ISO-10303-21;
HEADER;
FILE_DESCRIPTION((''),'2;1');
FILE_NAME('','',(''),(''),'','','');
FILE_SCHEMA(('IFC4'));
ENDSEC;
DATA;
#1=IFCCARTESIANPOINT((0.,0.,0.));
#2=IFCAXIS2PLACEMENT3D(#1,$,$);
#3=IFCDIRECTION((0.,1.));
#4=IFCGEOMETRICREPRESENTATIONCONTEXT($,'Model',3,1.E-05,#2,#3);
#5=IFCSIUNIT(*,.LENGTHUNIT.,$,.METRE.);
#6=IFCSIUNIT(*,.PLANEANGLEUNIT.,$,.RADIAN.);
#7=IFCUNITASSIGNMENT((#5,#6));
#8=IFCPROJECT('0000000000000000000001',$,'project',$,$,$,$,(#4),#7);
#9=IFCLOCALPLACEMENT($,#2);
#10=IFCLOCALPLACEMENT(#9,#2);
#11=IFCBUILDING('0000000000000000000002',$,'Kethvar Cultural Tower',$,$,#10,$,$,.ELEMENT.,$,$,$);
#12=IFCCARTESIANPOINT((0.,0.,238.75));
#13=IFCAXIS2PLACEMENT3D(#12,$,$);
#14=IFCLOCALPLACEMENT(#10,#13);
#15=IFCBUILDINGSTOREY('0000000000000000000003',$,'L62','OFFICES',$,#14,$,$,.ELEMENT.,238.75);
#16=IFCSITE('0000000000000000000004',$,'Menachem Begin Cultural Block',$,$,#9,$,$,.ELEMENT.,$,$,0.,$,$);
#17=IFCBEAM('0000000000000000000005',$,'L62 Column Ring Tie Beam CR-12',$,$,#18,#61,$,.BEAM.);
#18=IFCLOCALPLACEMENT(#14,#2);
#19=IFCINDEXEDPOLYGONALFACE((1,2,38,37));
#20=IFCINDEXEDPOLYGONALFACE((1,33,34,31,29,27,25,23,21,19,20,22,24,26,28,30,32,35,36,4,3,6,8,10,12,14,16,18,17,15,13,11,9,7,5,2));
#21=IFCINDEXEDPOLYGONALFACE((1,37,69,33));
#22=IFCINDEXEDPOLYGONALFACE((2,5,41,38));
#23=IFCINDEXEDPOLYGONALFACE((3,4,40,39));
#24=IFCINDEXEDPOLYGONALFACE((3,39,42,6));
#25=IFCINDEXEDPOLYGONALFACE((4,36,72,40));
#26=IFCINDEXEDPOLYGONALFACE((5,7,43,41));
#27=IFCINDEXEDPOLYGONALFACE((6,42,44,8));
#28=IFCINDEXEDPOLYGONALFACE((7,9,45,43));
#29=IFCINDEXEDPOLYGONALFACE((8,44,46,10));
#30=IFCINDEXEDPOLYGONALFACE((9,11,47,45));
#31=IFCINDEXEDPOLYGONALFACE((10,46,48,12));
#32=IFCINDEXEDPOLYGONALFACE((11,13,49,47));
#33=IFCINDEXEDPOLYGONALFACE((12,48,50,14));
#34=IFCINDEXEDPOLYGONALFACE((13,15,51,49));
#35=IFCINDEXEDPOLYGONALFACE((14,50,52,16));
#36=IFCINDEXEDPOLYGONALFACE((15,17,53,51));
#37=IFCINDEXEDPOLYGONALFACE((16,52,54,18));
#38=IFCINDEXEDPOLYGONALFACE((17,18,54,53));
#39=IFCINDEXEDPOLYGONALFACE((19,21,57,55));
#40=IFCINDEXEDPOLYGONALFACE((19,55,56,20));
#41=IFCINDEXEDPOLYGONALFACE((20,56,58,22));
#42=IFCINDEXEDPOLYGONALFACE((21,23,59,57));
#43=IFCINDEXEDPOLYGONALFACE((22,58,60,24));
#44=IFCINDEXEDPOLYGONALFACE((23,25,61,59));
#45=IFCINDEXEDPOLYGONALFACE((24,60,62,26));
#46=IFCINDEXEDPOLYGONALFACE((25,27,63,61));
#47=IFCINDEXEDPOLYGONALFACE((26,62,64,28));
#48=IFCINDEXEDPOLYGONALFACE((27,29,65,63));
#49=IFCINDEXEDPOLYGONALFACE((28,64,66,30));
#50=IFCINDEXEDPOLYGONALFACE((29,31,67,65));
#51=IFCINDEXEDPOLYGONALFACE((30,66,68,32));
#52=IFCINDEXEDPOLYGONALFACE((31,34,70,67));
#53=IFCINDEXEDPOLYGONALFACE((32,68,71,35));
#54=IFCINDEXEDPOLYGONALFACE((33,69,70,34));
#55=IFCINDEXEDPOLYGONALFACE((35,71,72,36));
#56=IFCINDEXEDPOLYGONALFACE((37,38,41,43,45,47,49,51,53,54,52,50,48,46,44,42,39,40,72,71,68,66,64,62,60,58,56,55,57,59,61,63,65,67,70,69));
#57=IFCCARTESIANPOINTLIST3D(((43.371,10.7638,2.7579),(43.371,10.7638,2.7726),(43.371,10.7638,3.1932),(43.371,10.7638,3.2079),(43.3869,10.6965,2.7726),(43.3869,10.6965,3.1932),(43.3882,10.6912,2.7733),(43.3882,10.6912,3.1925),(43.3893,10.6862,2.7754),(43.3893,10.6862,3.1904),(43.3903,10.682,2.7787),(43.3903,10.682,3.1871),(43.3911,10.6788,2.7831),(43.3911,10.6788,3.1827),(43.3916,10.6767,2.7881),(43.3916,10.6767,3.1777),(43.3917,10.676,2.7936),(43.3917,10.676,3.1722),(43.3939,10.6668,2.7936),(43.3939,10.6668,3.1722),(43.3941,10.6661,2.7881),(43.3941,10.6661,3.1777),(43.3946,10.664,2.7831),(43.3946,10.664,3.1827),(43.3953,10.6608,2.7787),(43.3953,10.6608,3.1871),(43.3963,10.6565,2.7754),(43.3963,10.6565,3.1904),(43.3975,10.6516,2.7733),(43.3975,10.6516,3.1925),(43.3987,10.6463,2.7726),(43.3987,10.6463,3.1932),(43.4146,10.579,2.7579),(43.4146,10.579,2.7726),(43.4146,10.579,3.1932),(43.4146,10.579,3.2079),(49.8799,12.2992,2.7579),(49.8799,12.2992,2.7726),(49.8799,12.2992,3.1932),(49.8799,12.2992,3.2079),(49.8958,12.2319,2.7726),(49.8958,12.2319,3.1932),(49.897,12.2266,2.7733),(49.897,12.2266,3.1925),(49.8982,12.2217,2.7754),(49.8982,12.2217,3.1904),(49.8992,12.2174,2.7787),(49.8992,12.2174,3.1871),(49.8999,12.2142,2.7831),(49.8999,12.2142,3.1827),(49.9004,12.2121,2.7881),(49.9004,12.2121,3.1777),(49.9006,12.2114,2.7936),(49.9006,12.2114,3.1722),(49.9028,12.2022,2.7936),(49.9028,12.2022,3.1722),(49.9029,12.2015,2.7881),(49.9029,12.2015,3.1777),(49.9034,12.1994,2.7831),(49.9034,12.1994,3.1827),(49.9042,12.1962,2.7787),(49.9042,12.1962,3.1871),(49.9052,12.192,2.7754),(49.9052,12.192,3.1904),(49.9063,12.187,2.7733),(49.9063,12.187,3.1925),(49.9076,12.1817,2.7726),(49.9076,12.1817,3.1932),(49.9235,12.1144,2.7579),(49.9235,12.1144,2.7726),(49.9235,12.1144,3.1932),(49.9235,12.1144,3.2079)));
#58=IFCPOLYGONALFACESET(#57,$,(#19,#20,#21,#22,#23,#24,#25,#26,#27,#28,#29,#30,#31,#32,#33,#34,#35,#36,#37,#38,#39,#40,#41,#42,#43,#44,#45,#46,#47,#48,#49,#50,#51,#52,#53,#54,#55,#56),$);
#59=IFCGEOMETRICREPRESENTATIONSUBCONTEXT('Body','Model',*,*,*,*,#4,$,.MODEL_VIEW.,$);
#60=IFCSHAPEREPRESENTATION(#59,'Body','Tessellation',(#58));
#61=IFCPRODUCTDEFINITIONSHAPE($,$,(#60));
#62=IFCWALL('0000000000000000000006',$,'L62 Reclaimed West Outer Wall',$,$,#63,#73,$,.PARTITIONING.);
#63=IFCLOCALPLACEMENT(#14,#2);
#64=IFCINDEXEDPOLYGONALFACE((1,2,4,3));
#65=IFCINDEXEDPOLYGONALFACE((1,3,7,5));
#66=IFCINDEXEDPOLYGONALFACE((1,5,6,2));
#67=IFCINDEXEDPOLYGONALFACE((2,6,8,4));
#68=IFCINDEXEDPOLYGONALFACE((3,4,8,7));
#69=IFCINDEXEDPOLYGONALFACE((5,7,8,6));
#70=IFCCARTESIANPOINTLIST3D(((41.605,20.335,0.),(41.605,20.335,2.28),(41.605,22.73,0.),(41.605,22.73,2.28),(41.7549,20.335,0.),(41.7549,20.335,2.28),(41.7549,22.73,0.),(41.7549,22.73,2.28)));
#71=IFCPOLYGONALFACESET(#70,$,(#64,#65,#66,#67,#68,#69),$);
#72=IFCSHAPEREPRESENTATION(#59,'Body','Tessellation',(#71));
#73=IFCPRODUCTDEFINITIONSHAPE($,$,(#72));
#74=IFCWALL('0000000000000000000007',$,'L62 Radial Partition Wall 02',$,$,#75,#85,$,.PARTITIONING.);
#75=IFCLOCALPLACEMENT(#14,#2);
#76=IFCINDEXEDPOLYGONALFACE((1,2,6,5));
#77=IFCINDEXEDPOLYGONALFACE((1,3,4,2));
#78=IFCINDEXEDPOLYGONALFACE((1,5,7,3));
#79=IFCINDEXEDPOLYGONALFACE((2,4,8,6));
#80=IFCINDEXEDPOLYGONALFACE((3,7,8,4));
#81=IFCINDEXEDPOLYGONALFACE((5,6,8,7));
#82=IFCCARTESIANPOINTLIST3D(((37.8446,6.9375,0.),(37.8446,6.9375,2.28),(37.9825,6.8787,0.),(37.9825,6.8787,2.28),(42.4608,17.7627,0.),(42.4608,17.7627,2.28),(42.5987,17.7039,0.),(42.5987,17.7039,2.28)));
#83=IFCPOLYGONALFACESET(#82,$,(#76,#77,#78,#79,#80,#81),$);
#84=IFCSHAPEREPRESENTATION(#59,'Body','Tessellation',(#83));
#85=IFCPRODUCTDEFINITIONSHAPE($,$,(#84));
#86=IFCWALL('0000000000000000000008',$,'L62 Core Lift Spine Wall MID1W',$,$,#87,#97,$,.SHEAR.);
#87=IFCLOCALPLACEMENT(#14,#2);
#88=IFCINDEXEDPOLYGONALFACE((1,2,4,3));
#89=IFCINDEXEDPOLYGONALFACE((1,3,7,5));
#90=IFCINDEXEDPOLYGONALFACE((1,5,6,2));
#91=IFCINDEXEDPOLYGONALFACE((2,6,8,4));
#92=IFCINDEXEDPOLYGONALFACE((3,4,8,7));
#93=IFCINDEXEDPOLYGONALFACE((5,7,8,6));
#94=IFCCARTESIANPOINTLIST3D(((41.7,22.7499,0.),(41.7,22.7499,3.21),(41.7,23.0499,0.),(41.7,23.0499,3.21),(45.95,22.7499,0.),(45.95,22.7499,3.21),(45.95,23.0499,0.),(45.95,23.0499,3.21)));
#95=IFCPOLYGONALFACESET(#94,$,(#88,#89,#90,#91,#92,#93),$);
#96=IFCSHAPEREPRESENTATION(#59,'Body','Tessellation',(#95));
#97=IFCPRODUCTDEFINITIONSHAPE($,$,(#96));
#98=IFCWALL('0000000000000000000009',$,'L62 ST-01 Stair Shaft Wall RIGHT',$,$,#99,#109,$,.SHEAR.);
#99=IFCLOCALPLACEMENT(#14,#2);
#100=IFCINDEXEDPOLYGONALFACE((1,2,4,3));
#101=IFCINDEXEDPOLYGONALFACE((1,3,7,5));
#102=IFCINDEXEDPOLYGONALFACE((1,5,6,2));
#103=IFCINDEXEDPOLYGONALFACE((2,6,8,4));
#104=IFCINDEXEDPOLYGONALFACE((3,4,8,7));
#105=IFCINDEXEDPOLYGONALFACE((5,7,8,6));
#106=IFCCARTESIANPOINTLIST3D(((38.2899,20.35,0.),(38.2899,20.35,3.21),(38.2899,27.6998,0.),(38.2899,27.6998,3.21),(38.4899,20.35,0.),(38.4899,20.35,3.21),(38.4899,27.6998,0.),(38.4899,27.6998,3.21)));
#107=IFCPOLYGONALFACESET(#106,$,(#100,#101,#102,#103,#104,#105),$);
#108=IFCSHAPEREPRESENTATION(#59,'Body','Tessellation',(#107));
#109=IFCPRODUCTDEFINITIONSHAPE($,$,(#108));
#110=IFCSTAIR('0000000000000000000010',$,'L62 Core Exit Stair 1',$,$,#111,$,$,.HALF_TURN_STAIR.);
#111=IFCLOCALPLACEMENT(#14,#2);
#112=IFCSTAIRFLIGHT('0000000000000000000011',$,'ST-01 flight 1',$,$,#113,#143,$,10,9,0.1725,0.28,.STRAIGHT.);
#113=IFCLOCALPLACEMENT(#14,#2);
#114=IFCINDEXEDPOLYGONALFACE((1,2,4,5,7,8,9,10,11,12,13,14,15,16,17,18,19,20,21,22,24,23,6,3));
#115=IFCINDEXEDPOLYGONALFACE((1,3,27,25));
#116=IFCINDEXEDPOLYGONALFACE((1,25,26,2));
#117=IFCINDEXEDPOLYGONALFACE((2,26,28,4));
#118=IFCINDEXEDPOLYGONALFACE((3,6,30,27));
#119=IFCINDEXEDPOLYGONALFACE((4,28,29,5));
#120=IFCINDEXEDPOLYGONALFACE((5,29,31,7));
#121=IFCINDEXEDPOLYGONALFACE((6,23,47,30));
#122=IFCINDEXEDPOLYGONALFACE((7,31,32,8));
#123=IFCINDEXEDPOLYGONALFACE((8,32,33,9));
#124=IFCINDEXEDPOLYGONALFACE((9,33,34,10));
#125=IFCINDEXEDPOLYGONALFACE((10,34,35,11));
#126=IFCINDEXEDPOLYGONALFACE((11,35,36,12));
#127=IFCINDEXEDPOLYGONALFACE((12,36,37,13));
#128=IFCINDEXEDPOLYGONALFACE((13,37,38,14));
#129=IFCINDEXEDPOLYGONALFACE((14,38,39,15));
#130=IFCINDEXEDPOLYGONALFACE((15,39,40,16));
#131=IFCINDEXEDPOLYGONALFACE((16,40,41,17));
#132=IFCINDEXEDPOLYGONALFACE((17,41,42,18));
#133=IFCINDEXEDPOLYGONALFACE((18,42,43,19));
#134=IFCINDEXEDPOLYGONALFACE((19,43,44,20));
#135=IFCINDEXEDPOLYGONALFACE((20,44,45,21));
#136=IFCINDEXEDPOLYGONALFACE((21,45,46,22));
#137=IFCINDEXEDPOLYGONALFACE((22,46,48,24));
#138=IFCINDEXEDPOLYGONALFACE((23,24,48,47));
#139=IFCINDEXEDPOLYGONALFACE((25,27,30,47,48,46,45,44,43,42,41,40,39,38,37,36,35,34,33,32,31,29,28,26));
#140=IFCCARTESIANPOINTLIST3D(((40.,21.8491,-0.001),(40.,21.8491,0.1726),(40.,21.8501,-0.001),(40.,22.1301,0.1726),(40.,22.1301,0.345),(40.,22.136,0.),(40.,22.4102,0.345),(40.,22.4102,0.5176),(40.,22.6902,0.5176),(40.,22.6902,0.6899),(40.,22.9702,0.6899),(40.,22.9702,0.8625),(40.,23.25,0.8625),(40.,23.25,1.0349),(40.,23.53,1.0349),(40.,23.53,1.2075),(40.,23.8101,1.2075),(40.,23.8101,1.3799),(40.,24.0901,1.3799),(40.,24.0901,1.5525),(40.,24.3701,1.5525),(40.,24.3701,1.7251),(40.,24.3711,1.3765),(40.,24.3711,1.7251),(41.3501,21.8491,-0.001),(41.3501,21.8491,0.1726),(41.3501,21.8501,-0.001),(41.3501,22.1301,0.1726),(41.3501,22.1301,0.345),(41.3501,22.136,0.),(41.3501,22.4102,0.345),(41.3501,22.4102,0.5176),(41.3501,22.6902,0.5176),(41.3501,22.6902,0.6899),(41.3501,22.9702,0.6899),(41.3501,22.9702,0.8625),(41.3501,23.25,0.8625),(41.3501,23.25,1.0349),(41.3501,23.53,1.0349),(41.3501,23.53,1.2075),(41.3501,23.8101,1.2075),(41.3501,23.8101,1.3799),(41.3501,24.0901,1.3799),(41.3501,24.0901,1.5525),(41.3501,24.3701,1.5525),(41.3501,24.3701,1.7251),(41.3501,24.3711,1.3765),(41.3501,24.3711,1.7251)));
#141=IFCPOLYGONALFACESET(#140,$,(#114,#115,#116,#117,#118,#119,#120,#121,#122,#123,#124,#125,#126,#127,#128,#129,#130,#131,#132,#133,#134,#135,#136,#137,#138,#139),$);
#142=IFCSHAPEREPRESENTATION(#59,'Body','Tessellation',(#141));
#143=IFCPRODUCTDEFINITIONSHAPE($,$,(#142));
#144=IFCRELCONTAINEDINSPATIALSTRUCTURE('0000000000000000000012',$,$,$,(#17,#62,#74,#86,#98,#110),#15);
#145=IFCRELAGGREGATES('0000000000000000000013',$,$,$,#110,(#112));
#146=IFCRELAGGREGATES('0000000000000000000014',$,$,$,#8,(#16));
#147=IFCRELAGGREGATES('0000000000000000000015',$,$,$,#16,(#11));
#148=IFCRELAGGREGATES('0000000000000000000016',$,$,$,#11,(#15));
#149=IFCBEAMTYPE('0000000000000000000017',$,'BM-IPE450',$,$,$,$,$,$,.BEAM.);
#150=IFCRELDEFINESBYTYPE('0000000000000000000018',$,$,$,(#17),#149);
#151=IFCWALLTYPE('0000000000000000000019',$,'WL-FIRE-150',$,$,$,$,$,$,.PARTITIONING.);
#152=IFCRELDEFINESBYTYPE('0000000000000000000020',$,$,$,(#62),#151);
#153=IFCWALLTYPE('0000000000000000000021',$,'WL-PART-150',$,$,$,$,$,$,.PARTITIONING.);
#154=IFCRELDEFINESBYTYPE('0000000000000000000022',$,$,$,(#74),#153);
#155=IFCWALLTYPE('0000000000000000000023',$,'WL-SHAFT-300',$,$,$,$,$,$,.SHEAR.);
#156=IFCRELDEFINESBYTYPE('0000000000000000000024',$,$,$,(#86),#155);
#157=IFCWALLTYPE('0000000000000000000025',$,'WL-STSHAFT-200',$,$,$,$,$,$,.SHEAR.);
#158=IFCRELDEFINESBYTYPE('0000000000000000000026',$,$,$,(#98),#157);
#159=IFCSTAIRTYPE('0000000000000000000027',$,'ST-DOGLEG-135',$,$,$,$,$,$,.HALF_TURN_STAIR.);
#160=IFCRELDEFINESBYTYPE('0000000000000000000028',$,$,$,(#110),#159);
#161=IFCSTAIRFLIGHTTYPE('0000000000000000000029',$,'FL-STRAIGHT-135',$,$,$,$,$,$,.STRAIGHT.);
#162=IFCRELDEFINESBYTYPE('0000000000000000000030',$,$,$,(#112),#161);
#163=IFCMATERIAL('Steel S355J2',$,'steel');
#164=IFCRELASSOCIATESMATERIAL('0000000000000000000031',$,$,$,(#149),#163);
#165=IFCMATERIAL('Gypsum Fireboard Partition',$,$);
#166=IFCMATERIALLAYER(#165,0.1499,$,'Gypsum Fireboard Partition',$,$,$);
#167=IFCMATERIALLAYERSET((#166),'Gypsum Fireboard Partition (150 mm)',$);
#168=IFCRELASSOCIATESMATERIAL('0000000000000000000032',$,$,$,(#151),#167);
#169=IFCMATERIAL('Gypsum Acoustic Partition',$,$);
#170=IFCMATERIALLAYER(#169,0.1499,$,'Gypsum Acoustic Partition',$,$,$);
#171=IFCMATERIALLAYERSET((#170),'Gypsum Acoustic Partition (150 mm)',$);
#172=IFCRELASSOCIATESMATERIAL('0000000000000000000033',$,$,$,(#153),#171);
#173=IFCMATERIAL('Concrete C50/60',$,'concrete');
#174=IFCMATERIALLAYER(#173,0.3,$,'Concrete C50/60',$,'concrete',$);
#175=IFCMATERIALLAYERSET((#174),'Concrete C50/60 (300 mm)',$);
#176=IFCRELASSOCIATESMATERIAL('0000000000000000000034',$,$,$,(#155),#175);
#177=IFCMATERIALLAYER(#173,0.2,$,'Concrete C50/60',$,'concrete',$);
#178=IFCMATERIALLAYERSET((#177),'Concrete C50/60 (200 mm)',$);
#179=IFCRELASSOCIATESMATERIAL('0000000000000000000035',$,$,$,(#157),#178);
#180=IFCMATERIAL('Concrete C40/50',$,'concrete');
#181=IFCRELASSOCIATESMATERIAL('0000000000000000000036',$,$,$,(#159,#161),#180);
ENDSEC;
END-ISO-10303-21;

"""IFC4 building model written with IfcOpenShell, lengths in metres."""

from ifc_helpers import new_model, si_unit, direction, frame, frame_2d, origin, origin_2d, place, context, subcontext, project, spatial, polyline, rectangle, i_section, outline, extrude, source, transform, mapped, material, layer, layer_set, material_profile, profile_set, type_object, element, aggregate, save


model = new_model("IFC4")

# Units and contexts
model_context = context("Model", 3, precision=1e-05, world=origin(), true_north=direction((0.0, 1.0)))
body_context = subcontext(model_context, "Body", "Model", "MODEL_VIEW")
ifc_project = project(units=[si_unit("LENGTHUNIT", "METRE"), si_unit("PLANEANGLEUNIT", "RADIAN")], contexts=[model_context])

# Site, building, storey
site_placement = place(None, origin())
site = spatial("IfcSite", under=ifc_project, at=site_placement, Name="Menachem Begin Cultural Block", CompositionType="ELEMENT", RefElevation=0.0)
building_placement = place(site_placement, origin())
building = spatial("IfcBuilding", under=site, at=building_placement, Name="Kethvar Cultural Tower", CompositionType="ELEMENT")
storey_placement = place(building_placement, frame((0.0, 0.0, 238.75)))
storey = spatial("IfcBuildingStorey", under=building, at=storey_placement, Name="L62", Description="OFFICES", CompositionType="ELEMENT", Elevation=238.75)

# Beam
ifc_material_1 = material(Name="Steel S355J2", Category="steel")
ifc_material_profile_1 = material_profile(ifc_material_1, i_section(OverallWidth=0.1899, OverallDepth=0.45, WebThickness=0.0095, FlangeThickness=0.0146, FilletRadius=0.021, at=origin_2d()), Name="Steel S355J2 — IPE450")
ifc_profile_set_1 = profile_set([ifc_material_profile_1], Name="Steel S355J2 — IPE450")
beam_type_1 = type_object("IfcBeamType", Name="BM-IPE450", PredefinedType="BEAM", material=ifc_profile_set_1)
shared_shape_1 = source(origin(), body_context, "Body", "SweptSolid", [
    extrude(i_section(OverallWidth=0.1899, OverallDepth=0.45, WebThickness=0.0095, FlangeThickness=0.0146, FilletRadius=0.021, at=origin_2d()), origin(), (0.0, 0.0, 1.0), 6.6875),
])
beam_1_placement = place(storey_placement, frame((43.3928, 10.6714, 2.9829), z_axis=(0.973286, 0.229595, 0.0), x_axis=(-0.229595, 0.973286, 0.0)))
element("IfcBeam", 1, at=beam_1_placement, inside=storey, type_object=beam_type_1, Name="L62 Column Ring Tie Beam CR-12", PredefinedType="BEAM", context=body_context, shape_type="MappedRepresentation", body=[
    mapped(shared_shape_1, transform((0.0, 0.0, 0.0), scale=1.0)),
])

# Shared definitions
ifc_material_2 = material(Name="Concrete C50/60", Category="concrete")

# Walls
ifc_material_3 = material(Name="Gypsum Fireboard Partition")
ifc_layer_1 = layer(ifc_material_3, 0.1499, Name="Gypsum Fireboard Partition")
ifc_layer_set_1 = layer_set([ifc_layer_1], Name="Gypsum Fireboard Partition (150 mm)")
wall_type_1 = type_object("IfcWallType", Name="WL-FIRE-150", PredefinedType="PARTITIONING", material=ifc_layer_set_1)
wall_1_placement = place(storey_placement, frame((41.6799, 20.335, 0.0), z_axis=(0.0, 0.0, 1.0), x_axis=(0.0, 1.0, 0.0)))
element("IfcWall", 2, at=wall_1_placement, inside=storey, type_object=wall_type_1, Name="L62 Reclaimed West Outer Wall", PredefinedType="PARTITIONING", context=body_context, shape_type="SweptSolid", body=[
    extrude(rectangle(XDim=2.395, YDim=0.1499, at=frame_2d((1.1975, 0.0))), origin(), (0.0, 0.0, 1.0), 2.28),
])
ifc_material_4 = material(Name="Gypsum Acoustic Partition")
ifc_layer_2 = layer(ifc_material_4, 0.1499, Name="Gypsum Acoustic Partition")
ifc_layer_set_2 = layer_set([ifc_layer_2], Name="Gypsum Acoustic Partition (150 mm)")
wall_type_2 = type_object("IfcWallType", Name="WL-PART-150", PredefinedType="PARTITIONING", material=ifc_layer_set_2)
wall_2_placement = place(storey_placement, frame((42.5298, 17.7334, 0.0), z_axis=(0.0, 0.0, 1.0), x_axis=(-0.392256, -0.919856, 0.0)))
element("IfcWall", 3, at=wall_2_placement, inside=storey, type_object=wall_type_2, Name="L62 Radial Partition Wall 02", PredefinedType="PARTITIONING", context=body_context, shape_type="SweptSolid", body=[
    extrude(rectangle(XDim=11.7683, YDim=0.1499, at=frame_2d((5.8843, 0.0))), origin(), (0.0, 0.0, 1.0), 2.28),
])
ifc_layer_3 = layer(ifc_material_2, 0.3, Name="Concrete C50/60", Category="concrete")
ifc_layer_set_3 = layer_set([ifc_layer_3], Name="Concrete C50/60 (300 mm)")
wall_type_3 = type_object("IfcWallType", Name="WL-SHAFT-300", PredefinedType="SHEAR", material=ifc_layer_set_3)
wall_3_placement = place(storey_placement, frame((41.7, 22.8999, 0.0), z_axis=(0.0, 0.0, 1.0), x_axis=(1.0, 0.0, 0.0)))
element("IfcWall", 4, at=wall_3_placement, inside=storey, type_object=wall_type_3, Name="L62 Core Lift Spine Wall MID1W", PredefinedType="SHEAR", context=body_context, shape_type="SweptSolid", body=[
    extrude(rectangle(XDim=4.25, YDim=0.3, at=frame_2d((2.125, 0.0))), origin(), (0.0, 0.0, 1.0), 3.21),
])
ifc_layer_4 = layer(ifc_material_2, 0.2, Name="Concrete C50/60", Category="concrete")
ifc_layer_set_4 = layer_set([ifc_layer_4], Name="Concrete C50/60 (200 mm)")
wall_type_4 = type_object("IfcWallType", Name="WL-STSHAFT-200", PredefinedType="SHEAR", material=ifc_layer_set_4)
wall_4_placement = place(storey_placement, frame((38.3899, 20.3501, 0.0), z_axis=(0.0, 0.0, 1.0), x_axis=(0.0, 1.0, 0.0)))
element("IfcWall", 5, at=wall_4_placement, inside=storey, type_object=wall_type_4, Name="L62 ST-01 Stair Shaft Wall RIGHT", PredefinedType="SHEAR", context=body_context, shape_type="SweptSolid", body=[
    extrude(rectangle(XDim=7.3499, YDim=0.2, at=frame_2d((3.6748, 0.0))), origin(), (0.0, 0.0, 1.0), 3.21),
])

# Stair, stair flight
ifc_material_5 = material(Name="Concrete C40/50", Category="concrete")
stair_type = type_object("IfcStairType", Name="ST-DOGLEG-135", PredefinedType="HALF_TURN_STAIR", material=ifc_material_5)
stair_placement = place(storey_placement, origin())
stair = element("IfcStair", 6, at=stair_placement, inside=storey, type_object=stair_type, Name="L62 Core Exit Stair 1", PredefinedType="HALF_TURN_STAIR")
stair_flight_type = type_object("IfcStairFlightType", Name="FL-STRAIGHT-135", PredefinedType="STRAIGHT", material=ifc_material_5)
stair_flight_placement = place(storey_placement, frame((40.675, 21.8501, 0.0), z_axis=(0.0, 0.0, 1.0), x_axis=(0.0, 1.0, 0.0)))
stair_flight = element("IfcStairFlight", 7, at=stair_flight_placement, type_object=stair_flight_type, Name="ST-01 flight 1", NumberOfRisers=10, NumberOfTreads=9, PredefinedType="STRAIGHT", RiserHeight=0.1725, TreadLength=0.28, context=body_context, shape_type="SweptSolid", body=[
    extrude(outline(polyline([(-0.001, -0.001), (-0.001, 0.1726), (0.28, 0.1726), (0.28, 0.345), (0.5601, 0.345), (0.5601, 0.5176), (0.8401, 0.5176), (0.8401, 0.6899), (1.1201, 0.6899), (1.1201, 0.8625), (1.3999, 0.8625), (1.3999, 1.0349), (1.6799, 1.0349), (1.6799, 1.2075), (1.96, 1.2075), (1.96, 1.3799), (2.24, 1.3799), (2.24, 1.5525), (2.52, 1.5525), (2.52, 1.7251), (2.521, 1.7251), (2.521, 1.3765), (0.2859, 0.0), (0.0, -0.001), (-0.001, -0.001)])), frame((0.0, 0.675, 0.0), z_axis=(0.0, -1.0, 0.0), x_axis=(1.0, 0.0, 0.0)), (0.0, 0.0, 1.0), 1.3501),
])
aggregate(stair, [stair_flight])

save(model, "model.ifc")
